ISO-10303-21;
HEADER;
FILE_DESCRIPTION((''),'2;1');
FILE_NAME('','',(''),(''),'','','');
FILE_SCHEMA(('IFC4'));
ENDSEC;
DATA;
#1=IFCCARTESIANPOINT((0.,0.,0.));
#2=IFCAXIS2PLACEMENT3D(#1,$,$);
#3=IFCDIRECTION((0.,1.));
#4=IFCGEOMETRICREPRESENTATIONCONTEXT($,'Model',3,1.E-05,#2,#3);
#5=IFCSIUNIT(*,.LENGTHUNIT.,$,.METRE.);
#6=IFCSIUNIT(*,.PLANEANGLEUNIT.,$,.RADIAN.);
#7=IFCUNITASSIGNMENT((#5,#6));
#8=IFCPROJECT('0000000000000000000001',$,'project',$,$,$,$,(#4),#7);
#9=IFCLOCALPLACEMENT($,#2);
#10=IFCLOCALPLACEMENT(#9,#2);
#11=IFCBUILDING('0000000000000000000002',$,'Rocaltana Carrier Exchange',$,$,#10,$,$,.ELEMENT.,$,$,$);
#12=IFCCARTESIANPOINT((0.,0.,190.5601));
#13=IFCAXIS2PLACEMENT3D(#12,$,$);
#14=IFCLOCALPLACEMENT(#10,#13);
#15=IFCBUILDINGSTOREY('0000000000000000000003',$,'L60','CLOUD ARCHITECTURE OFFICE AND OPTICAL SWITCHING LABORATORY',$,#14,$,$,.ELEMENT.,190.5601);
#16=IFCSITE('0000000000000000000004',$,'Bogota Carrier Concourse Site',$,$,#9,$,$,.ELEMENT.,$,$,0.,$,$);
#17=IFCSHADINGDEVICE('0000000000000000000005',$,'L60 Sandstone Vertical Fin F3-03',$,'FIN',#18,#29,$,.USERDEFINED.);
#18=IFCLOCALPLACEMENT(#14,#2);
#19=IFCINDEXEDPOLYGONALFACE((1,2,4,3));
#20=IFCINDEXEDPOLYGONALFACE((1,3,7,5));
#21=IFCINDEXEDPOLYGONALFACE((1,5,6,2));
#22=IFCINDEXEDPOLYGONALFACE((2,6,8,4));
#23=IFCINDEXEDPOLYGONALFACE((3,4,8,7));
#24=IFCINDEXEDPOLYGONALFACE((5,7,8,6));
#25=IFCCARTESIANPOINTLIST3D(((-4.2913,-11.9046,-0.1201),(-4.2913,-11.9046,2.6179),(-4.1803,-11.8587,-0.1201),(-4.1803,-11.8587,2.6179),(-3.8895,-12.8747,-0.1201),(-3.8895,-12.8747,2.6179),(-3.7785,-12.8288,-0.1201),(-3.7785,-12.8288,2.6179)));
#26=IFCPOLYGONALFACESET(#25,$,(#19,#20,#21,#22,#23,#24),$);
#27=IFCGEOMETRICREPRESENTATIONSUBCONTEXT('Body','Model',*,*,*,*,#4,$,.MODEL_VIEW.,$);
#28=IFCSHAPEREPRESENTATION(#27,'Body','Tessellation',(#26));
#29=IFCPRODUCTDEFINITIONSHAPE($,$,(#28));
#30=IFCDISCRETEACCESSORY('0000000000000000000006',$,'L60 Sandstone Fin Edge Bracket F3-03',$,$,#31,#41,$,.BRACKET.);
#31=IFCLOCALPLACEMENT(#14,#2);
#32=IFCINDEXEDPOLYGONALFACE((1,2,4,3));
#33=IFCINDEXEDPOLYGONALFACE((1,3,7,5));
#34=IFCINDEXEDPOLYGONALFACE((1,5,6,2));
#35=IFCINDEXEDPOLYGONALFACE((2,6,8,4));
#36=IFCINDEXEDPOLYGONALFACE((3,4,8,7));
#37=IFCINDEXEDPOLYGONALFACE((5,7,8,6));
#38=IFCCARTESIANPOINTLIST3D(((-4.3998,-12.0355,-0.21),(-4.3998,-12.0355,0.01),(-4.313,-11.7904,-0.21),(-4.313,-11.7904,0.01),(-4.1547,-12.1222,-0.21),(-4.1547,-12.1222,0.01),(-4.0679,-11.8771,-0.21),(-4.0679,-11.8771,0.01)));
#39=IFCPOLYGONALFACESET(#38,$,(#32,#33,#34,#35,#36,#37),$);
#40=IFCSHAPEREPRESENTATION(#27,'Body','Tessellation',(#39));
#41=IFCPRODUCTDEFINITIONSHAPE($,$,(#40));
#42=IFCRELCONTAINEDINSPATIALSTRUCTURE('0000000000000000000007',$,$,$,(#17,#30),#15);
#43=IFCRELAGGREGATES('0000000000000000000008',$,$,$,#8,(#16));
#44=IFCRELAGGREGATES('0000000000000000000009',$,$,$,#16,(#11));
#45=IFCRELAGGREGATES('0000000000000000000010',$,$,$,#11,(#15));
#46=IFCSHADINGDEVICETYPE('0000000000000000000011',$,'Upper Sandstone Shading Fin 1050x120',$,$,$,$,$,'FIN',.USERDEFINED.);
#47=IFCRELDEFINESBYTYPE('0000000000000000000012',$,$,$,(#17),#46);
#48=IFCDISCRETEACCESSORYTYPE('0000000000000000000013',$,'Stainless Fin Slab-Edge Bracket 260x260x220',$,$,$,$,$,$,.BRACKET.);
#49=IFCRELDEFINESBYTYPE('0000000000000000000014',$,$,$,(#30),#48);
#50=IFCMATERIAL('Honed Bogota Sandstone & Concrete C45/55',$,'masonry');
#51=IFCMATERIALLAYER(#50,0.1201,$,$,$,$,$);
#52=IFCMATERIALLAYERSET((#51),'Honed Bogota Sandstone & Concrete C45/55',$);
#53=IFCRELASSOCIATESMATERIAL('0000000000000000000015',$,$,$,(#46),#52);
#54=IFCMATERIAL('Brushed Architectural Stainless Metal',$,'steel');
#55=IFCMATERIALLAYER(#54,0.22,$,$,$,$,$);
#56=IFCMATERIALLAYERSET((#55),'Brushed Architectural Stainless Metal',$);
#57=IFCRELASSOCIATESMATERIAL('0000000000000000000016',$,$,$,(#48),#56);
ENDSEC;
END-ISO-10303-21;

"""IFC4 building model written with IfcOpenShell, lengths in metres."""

from ifc_helpers import new_model, si_unit, direction, frame, origin, origin_2d, place, context, subcontext, project, spatial, rectangle, extrude, material, layer, layer_set, type_object, element, save


model = new_model("IFC4")

# Units and contexts
model_context = context("Model", 3, precision=1e-05, world=origin(), true_north=direction((0.0, 1.0)))
body_context = subcontext(model_context, "Body", "Model", "MODEL_VIEW")
ifc_project = project(units=[si_unit("LENGTHUNIT", "METRE"), si_unit("PLANEANGLEUNIT", "RADIAN")], contexts=[model_context])

# Site, building, storey
site_placement = place(None, origin())
site = spatial("IfcSite", under=ifc_project, at=site_placement, Name="Bogota Carrier Concourse Site", CompositionType="ELEMENT", RefElevation=0.0)
building_placement = place(site_placement, origin())
building = spatial("IfcBuilding", under=site, at=building_placement, Name="Rocaltana Carrier Exchange", CompositionType="ELEMENT")
storey_placement = place(building_placement, frame((0.0, 0.0, 190.5601)))
storey = spatial("IfcBuildingStorey", under=building, at=storey_placement, Name="L60", Description="CLOUD ARCHITECTURE OFFICE AND OPTICAL SWITCHING LABORATORY", CompositionType="ELEMENT", Elevation=190.5601)

# Shading device
ifc_material_1 = material(Name="Honed Bogota Sandstone & Concrete C45/55", Category="masonry")
ifc_layer_1 = layer(ifc_material_1, 0.1201)
ifc_layer_set_1 = layer_set([ifc_layer_1], Name="Honed Bogota Sandstone & Concrete C45/55")
shading_device_type = type_object("IfcShadingDeviceType", Name="Upper Sandstone Shading Fin 1050x120", ElementType="FIN", PredefinedType="USERDEFINED", material=ifc_layer_set_1)
shading_device_placement = place(storey_placement, frame((-4.0349, -12.3667, -0.1201), z_axis=(0.0, 0.0, 1.0), x_axis=(0.382683, -0.92388, 0.0)))
element("IfcShadingDevice", 1, at=shading_device_placement, inside=storey, type_object=shading_device_type, Name="L60 Sandstone Vertical Fin F3-03", ObjectType="FIN", PredefinedType="USERDEFINED", context=body_context, shape_type="SweptSolid", body=[
    extrude(rectangle(XDim=1.05, YDim=0.1201, at=origin_2d()), origin(), (0.0, 0.0, 1.0), 2.738),
])

# Discrete accessory
ifc_material_2 = material(Name="Brushed Architectural Stainless Metal", Category="steel")
ifc_layer_2 = layer(ifc_material_2, 0.22)
ifc_layer_set_2 = layer_set([ifc_layer_2], Name="Brushed Architectural Stainless Metal")
discrete_accessory_type = type_object("IfcDiscreteAccessoryType", Name="Stainless Fin Slab-Edge Bracket 260x260x220", PredefinedType="BRACKET", material=ifc_layer_set_2)
discrete_accessory_placement = place(storey_placement, frame((-4.2339, -11.9563, -0.21), z_axis=(0.0, 0.0, 1.0), x_axis=(0.942641, -0.333807, 0.0)))
element("IfcDiscreteAccessory", 2, at=discrete_accessory_placement, inside=storey, type_object=discrete_accessory_type, Name="L60 Sandstone Fin Edge Bracket F3-03", PredefinedType="BRACKET", context=body_context, shape_type="SweptSolid", body=[
    extrude(rectangle(XDim=0.26, YDim=0.26, at=origin_2d()), origin(), (0.0, 0.0, 1.0), 0.22),
])

save(model, "model.ifc")
